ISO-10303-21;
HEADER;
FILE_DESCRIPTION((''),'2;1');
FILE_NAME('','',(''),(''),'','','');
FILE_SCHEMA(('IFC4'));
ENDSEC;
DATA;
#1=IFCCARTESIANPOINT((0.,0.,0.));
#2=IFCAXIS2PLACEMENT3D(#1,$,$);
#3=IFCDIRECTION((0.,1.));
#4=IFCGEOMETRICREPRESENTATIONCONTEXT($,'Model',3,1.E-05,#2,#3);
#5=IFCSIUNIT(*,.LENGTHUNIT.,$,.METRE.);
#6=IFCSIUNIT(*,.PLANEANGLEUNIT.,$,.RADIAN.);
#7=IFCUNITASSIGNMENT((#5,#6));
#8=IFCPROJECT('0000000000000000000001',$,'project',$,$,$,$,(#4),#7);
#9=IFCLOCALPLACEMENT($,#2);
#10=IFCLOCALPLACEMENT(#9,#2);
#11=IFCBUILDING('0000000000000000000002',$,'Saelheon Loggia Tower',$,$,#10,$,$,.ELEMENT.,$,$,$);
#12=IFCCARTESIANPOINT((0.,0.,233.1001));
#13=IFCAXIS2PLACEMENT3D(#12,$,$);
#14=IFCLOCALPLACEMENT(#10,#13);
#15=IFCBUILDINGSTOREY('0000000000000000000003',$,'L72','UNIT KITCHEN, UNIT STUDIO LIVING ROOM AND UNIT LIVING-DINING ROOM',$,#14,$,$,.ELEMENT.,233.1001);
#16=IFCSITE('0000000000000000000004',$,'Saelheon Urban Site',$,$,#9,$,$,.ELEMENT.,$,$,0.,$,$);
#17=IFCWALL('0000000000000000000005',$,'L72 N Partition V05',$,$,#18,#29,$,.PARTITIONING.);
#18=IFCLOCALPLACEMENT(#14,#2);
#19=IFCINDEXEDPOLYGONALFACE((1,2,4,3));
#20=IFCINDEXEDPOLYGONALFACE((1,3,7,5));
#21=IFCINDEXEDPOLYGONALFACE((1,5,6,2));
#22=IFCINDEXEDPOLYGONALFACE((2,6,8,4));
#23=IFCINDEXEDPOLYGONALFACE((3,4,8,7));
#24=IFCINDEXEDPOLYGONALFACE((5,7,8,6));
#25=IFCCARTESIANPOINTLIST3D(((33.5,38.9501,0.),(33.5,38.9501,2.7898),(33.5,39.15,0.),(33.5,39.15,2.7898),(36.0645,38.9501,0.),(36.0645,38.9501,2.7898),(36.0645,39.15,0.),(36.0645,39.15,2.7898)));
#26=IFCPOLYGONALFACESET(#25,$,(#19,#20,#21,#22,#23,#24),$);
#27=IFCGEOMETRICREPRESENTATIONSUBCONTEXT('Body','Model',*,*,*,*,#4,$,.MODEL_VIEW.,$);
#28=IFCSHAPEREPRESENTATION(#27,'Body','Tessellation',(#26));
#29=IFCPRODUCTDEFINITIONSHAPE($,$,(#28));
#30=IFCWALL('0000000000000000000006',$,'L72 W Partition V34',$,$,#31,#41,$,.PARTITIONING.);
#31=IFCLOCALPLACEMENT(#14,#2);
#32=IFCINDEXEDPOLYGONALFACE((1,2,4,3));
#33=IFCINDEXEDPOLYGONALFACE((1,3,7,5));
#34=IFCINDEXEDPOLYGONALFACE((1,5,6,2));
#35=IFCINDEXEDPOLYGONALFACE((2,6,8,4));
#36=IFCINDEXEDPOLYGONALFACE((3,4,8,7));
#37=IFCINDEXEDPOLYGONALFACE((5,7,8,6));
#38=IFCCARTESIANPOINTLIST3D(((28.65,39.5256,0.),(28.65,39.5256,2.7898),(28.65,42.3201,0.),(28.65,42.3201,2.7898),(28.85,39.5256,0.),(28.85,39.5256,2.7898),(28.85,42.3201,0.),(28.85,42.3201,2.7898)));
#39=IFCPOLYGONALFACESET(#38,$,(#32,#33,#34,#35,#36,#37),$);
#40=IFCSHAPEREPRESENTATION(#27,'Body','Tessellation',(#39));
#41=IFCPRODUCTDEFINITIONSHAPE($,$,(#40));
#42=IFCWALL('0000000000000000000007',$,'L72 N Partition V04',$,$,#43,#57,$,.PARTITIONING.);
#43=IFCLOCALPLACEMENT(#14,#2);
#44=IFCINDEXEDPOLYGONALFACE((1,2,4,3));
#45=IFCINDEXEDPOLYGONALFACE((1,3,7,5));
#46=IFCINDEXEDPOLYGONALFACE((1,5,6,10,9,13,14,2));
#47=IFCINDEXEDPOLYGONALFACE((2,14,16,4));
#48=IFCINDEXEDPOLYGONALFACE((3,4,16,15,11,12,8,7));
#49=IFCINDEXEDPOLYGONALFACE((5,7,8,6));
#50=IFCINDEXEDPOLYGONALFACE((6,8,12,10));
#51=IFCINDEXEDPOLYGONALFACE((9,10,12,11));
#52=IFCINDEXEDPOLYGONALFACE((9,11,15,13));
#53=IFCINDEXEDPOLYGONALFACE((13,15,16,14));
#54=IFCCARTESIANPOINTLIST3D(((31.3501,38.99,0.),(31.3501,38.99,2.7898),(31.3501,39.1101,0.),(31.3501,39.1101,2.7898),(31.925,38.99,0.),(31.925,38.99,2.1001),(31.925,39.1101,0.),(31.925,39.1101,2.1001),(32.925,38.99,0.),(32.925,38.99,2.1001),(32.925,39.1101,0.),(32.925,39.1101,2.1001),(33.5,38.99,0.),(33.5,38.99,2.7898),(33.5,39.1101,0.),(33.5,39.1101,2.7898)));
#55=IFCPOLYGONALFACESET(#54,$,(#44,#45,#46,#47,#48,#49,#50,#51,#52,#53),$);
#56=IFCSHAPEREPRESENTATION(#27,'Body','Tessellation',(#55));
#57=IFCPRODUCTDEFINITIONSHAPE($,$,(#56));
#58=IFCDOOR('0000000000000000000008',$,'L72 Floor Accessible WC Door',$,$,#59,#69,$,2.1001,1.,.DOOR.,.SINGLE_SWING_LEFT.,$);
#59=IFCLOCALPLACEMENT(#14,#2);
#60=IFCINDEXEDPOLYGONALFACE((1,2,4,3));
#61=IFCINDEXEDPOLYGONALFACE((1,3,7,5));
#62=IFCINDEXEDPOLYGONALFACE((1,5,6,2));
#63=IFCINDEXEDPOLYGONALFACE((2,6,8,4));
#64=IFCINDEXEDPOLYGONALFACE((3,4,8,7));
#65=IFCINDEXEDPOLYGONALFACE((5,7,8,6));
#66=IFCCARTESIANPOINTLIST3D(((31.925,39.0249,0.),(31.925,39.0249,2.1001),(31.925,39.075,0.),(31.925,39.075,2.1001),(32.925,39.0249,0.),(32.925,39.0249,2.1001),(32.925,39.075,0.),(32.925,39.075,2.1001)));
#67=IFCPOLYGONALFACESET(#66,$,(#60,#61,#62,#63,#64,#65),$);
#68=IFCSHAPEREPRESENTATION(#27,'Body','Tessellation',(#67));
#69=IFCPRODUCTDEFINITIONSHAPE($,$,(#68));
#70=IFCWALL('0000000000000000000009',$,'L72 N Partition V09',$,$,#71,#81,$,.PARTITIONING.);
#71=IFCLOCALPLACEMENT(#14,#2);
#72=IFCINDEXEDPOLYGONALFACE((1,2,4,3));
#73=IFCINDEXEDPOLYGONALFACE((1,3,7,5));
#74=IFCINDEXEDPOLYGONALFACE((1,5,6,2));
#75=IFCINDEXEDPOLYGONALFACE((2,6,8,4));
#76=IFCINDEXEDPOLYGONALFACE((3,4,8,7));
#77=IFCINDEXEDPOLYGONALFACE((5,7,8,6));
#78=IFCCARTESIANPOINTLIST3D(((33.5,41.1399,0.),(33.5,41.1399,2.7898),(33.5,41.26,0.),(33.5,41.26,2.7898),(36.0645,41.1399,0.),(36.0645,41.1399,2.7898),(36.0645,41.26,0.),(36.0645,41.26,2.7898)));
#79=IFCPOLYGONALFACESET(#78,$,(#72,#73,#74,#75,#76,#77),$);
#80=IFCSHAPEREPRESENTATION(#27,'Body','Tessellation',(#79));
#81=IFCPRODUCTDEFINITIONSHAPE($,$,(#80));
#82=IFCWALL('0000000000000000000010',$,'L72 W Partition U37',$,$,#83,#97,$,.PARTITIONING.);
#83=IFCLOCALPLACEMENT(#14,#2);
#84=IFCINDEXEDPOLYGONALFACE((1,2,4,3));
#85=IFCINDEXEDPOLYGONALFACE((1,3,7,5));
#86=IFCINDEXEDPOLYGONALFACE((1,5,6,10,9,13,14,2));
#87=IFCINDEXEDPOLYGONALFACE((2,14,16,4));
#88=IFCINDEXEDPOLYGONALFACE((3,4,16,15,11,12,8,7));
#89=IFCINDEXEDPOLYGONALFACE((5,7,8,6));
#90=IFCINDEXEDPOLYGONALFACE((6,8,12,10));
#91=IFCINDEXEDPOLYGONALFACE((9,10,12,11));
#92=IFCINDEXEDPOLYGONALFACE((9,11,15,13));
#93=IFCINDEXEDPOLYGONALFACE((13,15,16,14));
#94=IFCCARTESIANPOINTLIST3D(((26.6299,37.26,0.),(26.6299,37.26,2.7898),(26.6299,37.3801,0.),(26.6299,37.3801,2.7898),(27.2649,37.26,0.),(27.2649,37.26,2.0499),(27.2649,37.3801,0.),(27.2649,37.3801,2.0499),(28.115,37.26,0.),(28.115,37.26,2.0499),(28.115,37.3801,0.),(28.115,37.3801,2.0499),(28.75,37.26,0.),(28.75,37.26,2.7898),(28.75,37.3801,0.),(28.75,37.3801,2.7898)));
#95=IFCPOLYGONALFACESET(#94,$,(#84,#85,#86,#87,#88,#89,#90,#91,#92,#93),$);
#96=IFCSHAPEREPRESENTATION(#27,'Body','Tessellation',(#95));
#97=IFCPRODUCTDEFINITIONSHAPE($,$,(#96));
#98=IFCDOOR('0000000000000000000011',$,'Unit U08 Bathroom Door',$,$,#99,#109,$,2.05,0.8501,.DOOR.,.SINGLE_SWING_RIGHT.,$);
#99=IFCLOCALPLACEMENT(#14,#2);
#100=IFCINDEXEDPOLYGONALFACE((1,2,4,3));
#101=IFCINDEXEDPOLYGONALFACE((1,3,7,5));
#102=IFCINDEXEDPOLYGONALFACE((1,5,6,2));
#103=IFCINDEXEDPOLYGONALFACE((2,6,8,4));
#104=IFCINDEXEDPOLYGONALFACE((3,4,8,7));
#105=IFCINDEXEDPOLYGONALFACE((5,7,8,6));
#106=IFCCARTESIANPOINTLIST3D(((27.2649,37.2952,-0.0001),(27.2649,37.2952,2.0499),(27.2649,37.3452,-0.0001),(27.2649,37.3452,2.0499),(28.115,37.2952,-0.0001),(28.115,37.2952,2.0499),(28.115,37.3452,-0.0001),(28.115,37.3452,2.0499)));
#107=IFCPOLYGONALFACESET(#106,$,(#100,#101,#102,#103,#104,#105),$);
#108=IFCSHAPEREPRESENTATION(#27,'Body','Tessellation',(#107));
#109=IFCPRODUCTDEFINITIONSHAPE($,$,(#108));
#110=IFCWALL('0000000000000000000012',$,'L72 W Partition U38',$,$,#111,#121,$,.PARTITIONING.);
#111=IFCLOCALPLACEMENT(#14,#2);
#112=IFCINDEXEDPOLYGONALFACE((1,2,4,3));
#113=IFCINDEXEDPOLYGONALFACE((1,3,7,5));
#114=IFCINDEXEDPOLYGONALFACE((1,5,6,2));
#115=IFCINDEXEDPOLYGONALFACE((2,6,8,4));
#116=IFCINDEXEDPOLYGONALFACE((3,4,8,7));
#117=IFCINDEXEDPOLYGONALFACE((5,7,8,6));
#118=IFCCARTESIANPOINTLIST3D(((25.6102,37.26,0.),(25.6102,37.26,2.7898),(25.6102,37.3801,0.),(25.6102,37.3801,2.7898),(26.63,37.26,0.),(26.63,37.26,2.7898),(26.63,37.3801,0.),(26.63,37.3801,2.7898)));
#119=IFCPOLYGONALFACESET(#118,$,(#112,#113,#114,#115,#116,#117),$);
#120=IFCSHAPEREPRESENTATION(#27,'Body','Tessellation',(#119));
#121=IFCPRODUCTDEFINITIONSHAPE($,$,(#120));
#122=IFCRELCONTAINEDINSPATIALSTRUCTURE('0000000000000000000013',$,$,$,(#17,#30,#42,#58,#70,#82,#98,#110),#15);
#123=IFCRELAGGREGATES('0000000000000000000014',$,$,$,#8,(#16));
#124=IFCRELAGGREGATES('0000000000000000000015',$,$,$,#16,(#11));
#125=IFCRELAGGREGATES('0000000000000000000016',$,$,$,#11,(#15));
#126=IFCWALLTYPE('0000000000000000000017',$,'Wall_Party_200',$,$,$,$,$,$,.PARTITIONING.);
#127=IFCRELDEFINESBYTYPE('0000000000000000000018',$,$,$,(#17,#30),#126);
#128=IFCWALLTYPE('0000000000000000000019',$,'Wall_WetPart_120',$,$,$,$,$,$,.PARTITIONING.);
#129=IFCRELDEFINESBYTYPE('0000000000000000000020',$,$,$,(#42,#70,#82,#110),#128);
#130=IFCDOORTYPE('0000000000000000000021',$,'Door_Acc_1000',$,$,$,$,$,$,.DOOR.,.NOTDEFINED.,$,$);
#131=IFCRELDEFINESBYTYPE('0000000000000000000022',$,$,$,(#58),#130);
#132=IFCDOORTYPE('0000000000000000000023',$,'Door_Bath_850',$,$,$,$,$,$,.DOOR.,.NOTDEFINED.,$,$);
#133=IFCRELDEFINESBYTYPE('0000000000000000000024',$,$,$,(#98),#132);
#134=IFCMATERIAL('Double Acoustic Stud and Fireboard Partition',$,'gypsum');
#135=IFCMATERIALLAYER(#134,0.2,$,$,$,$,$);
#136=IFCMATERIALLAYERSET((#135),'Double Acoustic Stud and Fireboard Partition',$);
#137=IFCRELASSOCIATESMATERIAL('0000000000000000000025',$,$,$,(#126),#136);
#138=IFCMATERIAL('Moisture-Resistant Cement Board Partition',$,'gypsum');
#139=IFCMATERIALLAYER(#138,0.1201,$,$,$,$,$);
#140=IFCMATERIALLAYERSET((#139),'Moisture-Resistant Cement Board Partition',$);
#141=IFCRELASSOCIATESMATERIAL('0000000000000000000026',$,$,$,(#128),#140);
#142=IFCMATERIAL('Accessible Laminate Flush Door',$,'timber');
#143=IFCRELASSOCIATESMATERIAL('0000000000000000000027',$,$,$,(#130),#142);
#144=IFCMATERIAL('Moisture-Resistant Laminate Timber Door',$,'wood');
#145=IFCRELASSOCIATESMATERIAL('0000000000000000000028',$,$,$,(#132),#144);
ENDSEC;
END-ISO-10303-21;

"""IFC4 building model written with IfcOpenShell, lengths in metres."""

from ifc_helpers import new_model, si_unit, direction, frame, frame_2d, origin, place, context, subcontext, project, spatial, rectangle, extrude, source, transform, mapped, material, layer, layer_set, type_object, element, fill, save


model = new_model("IFC4")

# Units and contexts
model_context = context("Model", 3, precision=1e-05, world=origin(), true_north=direction((0.0, 1.0)))
body_context = subcontext(model_context, "Body", "Model", "MODEL_VIEW")
ifc_project = project(units=[si_unit("LENGTHUNIT", "METRE"), si_unit("PLANEANGLEUNIT", "RADIAN")], contexts=[model_context])

# Site, building, storey
site_placement = place(None, origin())
site = spatial("IfcSite", under=ifc_project, at=site_placement, Name="Saelheon Urban Site", CompositionType="ELEMENT", RefElevation=0.0)
building_placement = place(site_placement, origin())
building = spatial("IfcBuilding", under=site, at=building_placement, Name="Saelheon Loggia Tower", CompositionType="ELEMENT")
storey_placement = place(building_placement, frame((0.0, 0.0, 233.1001)))
storey = spatial("IfcBuildingStorey", under=building, at=storey_placement, Name="L72", Description="UNIT KITCHEN, UNIT STUDIO LIVING ROOM AND UNIT LIVING-DINING ROOM", CompositionType="ELEMENT", Elevation=233.1001)

# Wall
ifc_material_1 = material(Name="Double Acoustic Stud and Fireboard Partition", Category="gypsum")
ifc_layer_1 = layer(ifc_material_1, 0.2)
ifc_layer_set_1 = layer_set([ifc_layer_1], Name="Double Acoustic Stud and Fireboard Partition")
wall_type_1 = type_object("IfcWallType", Name="Wall_Party_200", PredefinedType="PARTITIONING", material=ifc_layer_set_1)
wall_1_placement = place(storey_placement, frame((33.5, 39.05, 0.0), z_axis=(0.0, 0.0, 1.0), x_axis=(1.0, 0.0, 0.0)))
element("IfcWall", 1, at=wall_1_placement, inside=storey, type_object=wall_type_1, Name="L72 N Partition V05", PredefinedType="PARTITIONING", context=body_context, shape_type="SweptSolid", body=[
    extrude(rectangle(XDim=2.5645, YDim=0.2, at=frame_2d((1.2822, 0.0))), origin(), (0.0, 0.0, 1.0), 2.7898),
])

# Wall
wall_2_placement = place(storey_placement, frame((28.75, 39.5256, 0.0), z_axis=(0.0, 0.0, 1.0), x_axis=(0.0, 1.0, 0.0)))
element("IfcWall", 2, at=wall_2_placement, inside=storey, type_object=wall_type_1, Name="L72 W Partition V34", PredefinedType="PARTITIONING", context=body_context, shape_type="SweptSolid", body=[
    extrude(rectangle(XDim=2.7944, YDim=0.2, at=frame_2d((1.3972, 0.0))), origin(), (0.0, 0.0, 1.0), 2.7898),
])

# Wall, opening, door
ifc_material_2 = material(Name="Moisture-Resistant Cement Board Partition", Category="gypsum")
ifc_layer_2 = layer(ifc_material_2, 0.1201)
ifc_layer_set_2 = layer_set([ifc_layer_2], Name="Moisture-Resistant Cement Board Partition")
wall_type_2 = type_object("IfcWallType", Name="Wall_WetPart_120", PredefinedType="PARTITIONING", material=ifc_layer_set_2)
wall_3_placement = place(storey_placement, frame((31.3501, 39.05, 0.0), z_axis=(0.0, 0.0, 1.0), x_axis=(1.0, 0.0, 0.0)))
wall_3 = element("IfcWall", 3, at=wall_3_placement, inside=storey, type_object=wall_type_2, Name="L72 N Partition V04", PredefinedType="PARTITIONING", context=body_context, shape_type="SweptSolid", body=[
    extrude(rectangle(XDim=2.1499, YDim=0.1201, at=frame_2d((1.075, 0.0))), origin(), (0.0, 0.0, 1.0), 2.7898),
])
opening_1_placement = place(wall_3_placement, frame((0.575, 0.0, 0.0)))
opening_1 = element("IfcOpeningElement", 4, at=opening_1_placement, cuts=wall_3, PredefinedType="OPENING", context=body_context, shape_type="SweptSolid", body=[
    extrude(rectangle(XDim=1.0, YDim=2.1001, at=frame_2d((0.5, 1.05))), frame((0.0, 0.072, 0.0), z_axis=(0.0, -1.0, 0.0), x_axis=(1.0, 0.0, 0.0)), (0.0, 0.0, 1.0), 0.144),
])
ifc_material_3 = material(Name="Accessible Laminate Flush Door", Category="timber")
door_type_1 = type_object("IfcDoorType", Name="Door_Acc_1000", OperationType="NOTDEFINED", PredefinedType="DOOR", material=ifc_material_3)
shared_shape_1 = source(origin(), body_context, "Body", "SweptSolid", [
    extrude(rectangle(XDim=1.0, YDim=2.1001, at=frame_2d((0.5, 1.05))), frame((0.0, 0.0249, 0.0), z_axis=(0.0, -1.0, 0.0), x_axis=(1.0, 0.0, 0.0)), (0.0, 0.0, 1.0), 0.05),
])
door_1_placement = place(opening_1_placement, origin())
door_1 = element("IfcDoor", 5, at=door_1_placement, inside=storey, type_object=door_type_1, Name="L72 Floor Accessible WC Door", OperationType="SINGLE_SWING_LEFT", OverallHeight=2.1001, OverallWidth=1.0, PredefinedType="DOOR", context=body_context, shape_type="MappedRepresentation", body=[
    mapped(shared_shape_1, transform((0.0, 0.0, 0.0), scale=1.0)),
])
fill(opening_1, door_1)

# Wall
wall_4_placement = place(storey_placement, frame((33.5, 41.2, 0.0), z_axis=(0.0, 0.0, 1.0), x_axis=(1.0, 0.0, 0.0)))
element("IfcWall", 6, at=wall_4_placement, inside=storey, type_object=wall_type_2, Name="L72 N Partition V09", PredefinedType="PARTITIONING", context=body_context, shape_type="SweptSolid", body=[
    extrude(rectangle(XDim=2.5645, YDim=0.1201, at=frame_2d((1.2822, 0.0))), origin(), (0.0, 0.0, 1.0), 2.7898),
])

# Wall, opening, door
wall_5_placement = place(storey_placement, frame((28.75, 37.3201, 0.0), z_axis=(0.0, 0.0, 1.0), x_axis=(-1.0, 0.0, 0.0)))
wall_5 = element("IfcWall", 7, at=wall_5_placement, inside=storey, type_object=wall_type_2, Name="L72 W Partition U37", PredefinedType="PARTITIONING", context=body_context, shape_type="SweptSolid", body=[
    extrude(rectangle(XDim=2.1201, YDim=0.1201, at=frame_2d((1.0601, 0.0))), origin(), (0.0, 0.0, 1.0), 2.7898),
])
opening_2_placement = place(wall_5_placement, frame((0.635, 0.0, 0.0)))
opening_2 = element("IfcOpeningElement", 8, at=opening_2_placement, cuts=wall_5, PredefinedType="OPENING", context=body_context, shape_type="SweptSolid", body=[
    extrude(rectangle(XDim=0.8501, YDim=2.05, at=frame_2d((0.425, 1.0249))), frame((0.0, 0.072, 0.0), z_axis=(0.0, -1.0, 0.0), x_axis=(1.0, 0.0, 0.0)), (0.0, 0.0, 1.0), 0.144),
])
ifc_material_4 = material(Name="Moisture-Resistant Laminate Timber Door", Category="wood")
door_type_2 = type_object("IfcDoorType", Name="Door_Bath_850", OperationType="NOTDEFINED", PredefinedType="DOOR", material=ifc_material_4)
shared_shape_2 = source(origin(), body_context, "Body", "SweptSolid", [
    extrude(rectangle(XDim=0.8501, YDim=2.05, at=frame_2d((0.425, 1.0249))), frame((0.0, 0.0249, 0.0), z_axis=(0.0, -1.0, 0.0), x_axis=(1.0, 0.0, 0.0)), (0.0, 0.0, 1.0), 0.05),
])
door_2_placement = place(opening_2_placement, origin())
door_2 = element("IfcDoor", 9, at=door_2_placement, inside=storey, type_object=door_type_2, Name="Unit U08 Bathroom Door", OperationType="SINGLE_SWING_RIGHT", OverallHeight=2.05, OverallWidth=0.8501, PredefinedType="DOOR", context=body_context, shape_type="MappedRepresentation", body=[
    mapped(shared_shape_2, transform((0.0, 0.0, 0.0), scale=1.0)),
])
fill(opening_2, door_2)

# Wall
wall_6_placement = place(storey_placement, frame((26.6299, 37.3201, 0.0), z_axis=(0.0, 0.0, 1.0), x_axis=(-1.0, 0.0, 0.0)))
element("IfcWall", 10, at=wall_6_placement, inside=storey, type_object=wall_type_2, Name="L72 W Partition U38", PredefinedType="PARTITIONING", context=body_context, shape_type="SweptSolid", body=[
    extrude(rectangle(XDim=1.0198, YDim=0.1201, at=frame_2d((0.5098, 0.0))), origin(), (0.0, 0.0, 1.0), 2.7898),
])

save(model, "model.ifc")
